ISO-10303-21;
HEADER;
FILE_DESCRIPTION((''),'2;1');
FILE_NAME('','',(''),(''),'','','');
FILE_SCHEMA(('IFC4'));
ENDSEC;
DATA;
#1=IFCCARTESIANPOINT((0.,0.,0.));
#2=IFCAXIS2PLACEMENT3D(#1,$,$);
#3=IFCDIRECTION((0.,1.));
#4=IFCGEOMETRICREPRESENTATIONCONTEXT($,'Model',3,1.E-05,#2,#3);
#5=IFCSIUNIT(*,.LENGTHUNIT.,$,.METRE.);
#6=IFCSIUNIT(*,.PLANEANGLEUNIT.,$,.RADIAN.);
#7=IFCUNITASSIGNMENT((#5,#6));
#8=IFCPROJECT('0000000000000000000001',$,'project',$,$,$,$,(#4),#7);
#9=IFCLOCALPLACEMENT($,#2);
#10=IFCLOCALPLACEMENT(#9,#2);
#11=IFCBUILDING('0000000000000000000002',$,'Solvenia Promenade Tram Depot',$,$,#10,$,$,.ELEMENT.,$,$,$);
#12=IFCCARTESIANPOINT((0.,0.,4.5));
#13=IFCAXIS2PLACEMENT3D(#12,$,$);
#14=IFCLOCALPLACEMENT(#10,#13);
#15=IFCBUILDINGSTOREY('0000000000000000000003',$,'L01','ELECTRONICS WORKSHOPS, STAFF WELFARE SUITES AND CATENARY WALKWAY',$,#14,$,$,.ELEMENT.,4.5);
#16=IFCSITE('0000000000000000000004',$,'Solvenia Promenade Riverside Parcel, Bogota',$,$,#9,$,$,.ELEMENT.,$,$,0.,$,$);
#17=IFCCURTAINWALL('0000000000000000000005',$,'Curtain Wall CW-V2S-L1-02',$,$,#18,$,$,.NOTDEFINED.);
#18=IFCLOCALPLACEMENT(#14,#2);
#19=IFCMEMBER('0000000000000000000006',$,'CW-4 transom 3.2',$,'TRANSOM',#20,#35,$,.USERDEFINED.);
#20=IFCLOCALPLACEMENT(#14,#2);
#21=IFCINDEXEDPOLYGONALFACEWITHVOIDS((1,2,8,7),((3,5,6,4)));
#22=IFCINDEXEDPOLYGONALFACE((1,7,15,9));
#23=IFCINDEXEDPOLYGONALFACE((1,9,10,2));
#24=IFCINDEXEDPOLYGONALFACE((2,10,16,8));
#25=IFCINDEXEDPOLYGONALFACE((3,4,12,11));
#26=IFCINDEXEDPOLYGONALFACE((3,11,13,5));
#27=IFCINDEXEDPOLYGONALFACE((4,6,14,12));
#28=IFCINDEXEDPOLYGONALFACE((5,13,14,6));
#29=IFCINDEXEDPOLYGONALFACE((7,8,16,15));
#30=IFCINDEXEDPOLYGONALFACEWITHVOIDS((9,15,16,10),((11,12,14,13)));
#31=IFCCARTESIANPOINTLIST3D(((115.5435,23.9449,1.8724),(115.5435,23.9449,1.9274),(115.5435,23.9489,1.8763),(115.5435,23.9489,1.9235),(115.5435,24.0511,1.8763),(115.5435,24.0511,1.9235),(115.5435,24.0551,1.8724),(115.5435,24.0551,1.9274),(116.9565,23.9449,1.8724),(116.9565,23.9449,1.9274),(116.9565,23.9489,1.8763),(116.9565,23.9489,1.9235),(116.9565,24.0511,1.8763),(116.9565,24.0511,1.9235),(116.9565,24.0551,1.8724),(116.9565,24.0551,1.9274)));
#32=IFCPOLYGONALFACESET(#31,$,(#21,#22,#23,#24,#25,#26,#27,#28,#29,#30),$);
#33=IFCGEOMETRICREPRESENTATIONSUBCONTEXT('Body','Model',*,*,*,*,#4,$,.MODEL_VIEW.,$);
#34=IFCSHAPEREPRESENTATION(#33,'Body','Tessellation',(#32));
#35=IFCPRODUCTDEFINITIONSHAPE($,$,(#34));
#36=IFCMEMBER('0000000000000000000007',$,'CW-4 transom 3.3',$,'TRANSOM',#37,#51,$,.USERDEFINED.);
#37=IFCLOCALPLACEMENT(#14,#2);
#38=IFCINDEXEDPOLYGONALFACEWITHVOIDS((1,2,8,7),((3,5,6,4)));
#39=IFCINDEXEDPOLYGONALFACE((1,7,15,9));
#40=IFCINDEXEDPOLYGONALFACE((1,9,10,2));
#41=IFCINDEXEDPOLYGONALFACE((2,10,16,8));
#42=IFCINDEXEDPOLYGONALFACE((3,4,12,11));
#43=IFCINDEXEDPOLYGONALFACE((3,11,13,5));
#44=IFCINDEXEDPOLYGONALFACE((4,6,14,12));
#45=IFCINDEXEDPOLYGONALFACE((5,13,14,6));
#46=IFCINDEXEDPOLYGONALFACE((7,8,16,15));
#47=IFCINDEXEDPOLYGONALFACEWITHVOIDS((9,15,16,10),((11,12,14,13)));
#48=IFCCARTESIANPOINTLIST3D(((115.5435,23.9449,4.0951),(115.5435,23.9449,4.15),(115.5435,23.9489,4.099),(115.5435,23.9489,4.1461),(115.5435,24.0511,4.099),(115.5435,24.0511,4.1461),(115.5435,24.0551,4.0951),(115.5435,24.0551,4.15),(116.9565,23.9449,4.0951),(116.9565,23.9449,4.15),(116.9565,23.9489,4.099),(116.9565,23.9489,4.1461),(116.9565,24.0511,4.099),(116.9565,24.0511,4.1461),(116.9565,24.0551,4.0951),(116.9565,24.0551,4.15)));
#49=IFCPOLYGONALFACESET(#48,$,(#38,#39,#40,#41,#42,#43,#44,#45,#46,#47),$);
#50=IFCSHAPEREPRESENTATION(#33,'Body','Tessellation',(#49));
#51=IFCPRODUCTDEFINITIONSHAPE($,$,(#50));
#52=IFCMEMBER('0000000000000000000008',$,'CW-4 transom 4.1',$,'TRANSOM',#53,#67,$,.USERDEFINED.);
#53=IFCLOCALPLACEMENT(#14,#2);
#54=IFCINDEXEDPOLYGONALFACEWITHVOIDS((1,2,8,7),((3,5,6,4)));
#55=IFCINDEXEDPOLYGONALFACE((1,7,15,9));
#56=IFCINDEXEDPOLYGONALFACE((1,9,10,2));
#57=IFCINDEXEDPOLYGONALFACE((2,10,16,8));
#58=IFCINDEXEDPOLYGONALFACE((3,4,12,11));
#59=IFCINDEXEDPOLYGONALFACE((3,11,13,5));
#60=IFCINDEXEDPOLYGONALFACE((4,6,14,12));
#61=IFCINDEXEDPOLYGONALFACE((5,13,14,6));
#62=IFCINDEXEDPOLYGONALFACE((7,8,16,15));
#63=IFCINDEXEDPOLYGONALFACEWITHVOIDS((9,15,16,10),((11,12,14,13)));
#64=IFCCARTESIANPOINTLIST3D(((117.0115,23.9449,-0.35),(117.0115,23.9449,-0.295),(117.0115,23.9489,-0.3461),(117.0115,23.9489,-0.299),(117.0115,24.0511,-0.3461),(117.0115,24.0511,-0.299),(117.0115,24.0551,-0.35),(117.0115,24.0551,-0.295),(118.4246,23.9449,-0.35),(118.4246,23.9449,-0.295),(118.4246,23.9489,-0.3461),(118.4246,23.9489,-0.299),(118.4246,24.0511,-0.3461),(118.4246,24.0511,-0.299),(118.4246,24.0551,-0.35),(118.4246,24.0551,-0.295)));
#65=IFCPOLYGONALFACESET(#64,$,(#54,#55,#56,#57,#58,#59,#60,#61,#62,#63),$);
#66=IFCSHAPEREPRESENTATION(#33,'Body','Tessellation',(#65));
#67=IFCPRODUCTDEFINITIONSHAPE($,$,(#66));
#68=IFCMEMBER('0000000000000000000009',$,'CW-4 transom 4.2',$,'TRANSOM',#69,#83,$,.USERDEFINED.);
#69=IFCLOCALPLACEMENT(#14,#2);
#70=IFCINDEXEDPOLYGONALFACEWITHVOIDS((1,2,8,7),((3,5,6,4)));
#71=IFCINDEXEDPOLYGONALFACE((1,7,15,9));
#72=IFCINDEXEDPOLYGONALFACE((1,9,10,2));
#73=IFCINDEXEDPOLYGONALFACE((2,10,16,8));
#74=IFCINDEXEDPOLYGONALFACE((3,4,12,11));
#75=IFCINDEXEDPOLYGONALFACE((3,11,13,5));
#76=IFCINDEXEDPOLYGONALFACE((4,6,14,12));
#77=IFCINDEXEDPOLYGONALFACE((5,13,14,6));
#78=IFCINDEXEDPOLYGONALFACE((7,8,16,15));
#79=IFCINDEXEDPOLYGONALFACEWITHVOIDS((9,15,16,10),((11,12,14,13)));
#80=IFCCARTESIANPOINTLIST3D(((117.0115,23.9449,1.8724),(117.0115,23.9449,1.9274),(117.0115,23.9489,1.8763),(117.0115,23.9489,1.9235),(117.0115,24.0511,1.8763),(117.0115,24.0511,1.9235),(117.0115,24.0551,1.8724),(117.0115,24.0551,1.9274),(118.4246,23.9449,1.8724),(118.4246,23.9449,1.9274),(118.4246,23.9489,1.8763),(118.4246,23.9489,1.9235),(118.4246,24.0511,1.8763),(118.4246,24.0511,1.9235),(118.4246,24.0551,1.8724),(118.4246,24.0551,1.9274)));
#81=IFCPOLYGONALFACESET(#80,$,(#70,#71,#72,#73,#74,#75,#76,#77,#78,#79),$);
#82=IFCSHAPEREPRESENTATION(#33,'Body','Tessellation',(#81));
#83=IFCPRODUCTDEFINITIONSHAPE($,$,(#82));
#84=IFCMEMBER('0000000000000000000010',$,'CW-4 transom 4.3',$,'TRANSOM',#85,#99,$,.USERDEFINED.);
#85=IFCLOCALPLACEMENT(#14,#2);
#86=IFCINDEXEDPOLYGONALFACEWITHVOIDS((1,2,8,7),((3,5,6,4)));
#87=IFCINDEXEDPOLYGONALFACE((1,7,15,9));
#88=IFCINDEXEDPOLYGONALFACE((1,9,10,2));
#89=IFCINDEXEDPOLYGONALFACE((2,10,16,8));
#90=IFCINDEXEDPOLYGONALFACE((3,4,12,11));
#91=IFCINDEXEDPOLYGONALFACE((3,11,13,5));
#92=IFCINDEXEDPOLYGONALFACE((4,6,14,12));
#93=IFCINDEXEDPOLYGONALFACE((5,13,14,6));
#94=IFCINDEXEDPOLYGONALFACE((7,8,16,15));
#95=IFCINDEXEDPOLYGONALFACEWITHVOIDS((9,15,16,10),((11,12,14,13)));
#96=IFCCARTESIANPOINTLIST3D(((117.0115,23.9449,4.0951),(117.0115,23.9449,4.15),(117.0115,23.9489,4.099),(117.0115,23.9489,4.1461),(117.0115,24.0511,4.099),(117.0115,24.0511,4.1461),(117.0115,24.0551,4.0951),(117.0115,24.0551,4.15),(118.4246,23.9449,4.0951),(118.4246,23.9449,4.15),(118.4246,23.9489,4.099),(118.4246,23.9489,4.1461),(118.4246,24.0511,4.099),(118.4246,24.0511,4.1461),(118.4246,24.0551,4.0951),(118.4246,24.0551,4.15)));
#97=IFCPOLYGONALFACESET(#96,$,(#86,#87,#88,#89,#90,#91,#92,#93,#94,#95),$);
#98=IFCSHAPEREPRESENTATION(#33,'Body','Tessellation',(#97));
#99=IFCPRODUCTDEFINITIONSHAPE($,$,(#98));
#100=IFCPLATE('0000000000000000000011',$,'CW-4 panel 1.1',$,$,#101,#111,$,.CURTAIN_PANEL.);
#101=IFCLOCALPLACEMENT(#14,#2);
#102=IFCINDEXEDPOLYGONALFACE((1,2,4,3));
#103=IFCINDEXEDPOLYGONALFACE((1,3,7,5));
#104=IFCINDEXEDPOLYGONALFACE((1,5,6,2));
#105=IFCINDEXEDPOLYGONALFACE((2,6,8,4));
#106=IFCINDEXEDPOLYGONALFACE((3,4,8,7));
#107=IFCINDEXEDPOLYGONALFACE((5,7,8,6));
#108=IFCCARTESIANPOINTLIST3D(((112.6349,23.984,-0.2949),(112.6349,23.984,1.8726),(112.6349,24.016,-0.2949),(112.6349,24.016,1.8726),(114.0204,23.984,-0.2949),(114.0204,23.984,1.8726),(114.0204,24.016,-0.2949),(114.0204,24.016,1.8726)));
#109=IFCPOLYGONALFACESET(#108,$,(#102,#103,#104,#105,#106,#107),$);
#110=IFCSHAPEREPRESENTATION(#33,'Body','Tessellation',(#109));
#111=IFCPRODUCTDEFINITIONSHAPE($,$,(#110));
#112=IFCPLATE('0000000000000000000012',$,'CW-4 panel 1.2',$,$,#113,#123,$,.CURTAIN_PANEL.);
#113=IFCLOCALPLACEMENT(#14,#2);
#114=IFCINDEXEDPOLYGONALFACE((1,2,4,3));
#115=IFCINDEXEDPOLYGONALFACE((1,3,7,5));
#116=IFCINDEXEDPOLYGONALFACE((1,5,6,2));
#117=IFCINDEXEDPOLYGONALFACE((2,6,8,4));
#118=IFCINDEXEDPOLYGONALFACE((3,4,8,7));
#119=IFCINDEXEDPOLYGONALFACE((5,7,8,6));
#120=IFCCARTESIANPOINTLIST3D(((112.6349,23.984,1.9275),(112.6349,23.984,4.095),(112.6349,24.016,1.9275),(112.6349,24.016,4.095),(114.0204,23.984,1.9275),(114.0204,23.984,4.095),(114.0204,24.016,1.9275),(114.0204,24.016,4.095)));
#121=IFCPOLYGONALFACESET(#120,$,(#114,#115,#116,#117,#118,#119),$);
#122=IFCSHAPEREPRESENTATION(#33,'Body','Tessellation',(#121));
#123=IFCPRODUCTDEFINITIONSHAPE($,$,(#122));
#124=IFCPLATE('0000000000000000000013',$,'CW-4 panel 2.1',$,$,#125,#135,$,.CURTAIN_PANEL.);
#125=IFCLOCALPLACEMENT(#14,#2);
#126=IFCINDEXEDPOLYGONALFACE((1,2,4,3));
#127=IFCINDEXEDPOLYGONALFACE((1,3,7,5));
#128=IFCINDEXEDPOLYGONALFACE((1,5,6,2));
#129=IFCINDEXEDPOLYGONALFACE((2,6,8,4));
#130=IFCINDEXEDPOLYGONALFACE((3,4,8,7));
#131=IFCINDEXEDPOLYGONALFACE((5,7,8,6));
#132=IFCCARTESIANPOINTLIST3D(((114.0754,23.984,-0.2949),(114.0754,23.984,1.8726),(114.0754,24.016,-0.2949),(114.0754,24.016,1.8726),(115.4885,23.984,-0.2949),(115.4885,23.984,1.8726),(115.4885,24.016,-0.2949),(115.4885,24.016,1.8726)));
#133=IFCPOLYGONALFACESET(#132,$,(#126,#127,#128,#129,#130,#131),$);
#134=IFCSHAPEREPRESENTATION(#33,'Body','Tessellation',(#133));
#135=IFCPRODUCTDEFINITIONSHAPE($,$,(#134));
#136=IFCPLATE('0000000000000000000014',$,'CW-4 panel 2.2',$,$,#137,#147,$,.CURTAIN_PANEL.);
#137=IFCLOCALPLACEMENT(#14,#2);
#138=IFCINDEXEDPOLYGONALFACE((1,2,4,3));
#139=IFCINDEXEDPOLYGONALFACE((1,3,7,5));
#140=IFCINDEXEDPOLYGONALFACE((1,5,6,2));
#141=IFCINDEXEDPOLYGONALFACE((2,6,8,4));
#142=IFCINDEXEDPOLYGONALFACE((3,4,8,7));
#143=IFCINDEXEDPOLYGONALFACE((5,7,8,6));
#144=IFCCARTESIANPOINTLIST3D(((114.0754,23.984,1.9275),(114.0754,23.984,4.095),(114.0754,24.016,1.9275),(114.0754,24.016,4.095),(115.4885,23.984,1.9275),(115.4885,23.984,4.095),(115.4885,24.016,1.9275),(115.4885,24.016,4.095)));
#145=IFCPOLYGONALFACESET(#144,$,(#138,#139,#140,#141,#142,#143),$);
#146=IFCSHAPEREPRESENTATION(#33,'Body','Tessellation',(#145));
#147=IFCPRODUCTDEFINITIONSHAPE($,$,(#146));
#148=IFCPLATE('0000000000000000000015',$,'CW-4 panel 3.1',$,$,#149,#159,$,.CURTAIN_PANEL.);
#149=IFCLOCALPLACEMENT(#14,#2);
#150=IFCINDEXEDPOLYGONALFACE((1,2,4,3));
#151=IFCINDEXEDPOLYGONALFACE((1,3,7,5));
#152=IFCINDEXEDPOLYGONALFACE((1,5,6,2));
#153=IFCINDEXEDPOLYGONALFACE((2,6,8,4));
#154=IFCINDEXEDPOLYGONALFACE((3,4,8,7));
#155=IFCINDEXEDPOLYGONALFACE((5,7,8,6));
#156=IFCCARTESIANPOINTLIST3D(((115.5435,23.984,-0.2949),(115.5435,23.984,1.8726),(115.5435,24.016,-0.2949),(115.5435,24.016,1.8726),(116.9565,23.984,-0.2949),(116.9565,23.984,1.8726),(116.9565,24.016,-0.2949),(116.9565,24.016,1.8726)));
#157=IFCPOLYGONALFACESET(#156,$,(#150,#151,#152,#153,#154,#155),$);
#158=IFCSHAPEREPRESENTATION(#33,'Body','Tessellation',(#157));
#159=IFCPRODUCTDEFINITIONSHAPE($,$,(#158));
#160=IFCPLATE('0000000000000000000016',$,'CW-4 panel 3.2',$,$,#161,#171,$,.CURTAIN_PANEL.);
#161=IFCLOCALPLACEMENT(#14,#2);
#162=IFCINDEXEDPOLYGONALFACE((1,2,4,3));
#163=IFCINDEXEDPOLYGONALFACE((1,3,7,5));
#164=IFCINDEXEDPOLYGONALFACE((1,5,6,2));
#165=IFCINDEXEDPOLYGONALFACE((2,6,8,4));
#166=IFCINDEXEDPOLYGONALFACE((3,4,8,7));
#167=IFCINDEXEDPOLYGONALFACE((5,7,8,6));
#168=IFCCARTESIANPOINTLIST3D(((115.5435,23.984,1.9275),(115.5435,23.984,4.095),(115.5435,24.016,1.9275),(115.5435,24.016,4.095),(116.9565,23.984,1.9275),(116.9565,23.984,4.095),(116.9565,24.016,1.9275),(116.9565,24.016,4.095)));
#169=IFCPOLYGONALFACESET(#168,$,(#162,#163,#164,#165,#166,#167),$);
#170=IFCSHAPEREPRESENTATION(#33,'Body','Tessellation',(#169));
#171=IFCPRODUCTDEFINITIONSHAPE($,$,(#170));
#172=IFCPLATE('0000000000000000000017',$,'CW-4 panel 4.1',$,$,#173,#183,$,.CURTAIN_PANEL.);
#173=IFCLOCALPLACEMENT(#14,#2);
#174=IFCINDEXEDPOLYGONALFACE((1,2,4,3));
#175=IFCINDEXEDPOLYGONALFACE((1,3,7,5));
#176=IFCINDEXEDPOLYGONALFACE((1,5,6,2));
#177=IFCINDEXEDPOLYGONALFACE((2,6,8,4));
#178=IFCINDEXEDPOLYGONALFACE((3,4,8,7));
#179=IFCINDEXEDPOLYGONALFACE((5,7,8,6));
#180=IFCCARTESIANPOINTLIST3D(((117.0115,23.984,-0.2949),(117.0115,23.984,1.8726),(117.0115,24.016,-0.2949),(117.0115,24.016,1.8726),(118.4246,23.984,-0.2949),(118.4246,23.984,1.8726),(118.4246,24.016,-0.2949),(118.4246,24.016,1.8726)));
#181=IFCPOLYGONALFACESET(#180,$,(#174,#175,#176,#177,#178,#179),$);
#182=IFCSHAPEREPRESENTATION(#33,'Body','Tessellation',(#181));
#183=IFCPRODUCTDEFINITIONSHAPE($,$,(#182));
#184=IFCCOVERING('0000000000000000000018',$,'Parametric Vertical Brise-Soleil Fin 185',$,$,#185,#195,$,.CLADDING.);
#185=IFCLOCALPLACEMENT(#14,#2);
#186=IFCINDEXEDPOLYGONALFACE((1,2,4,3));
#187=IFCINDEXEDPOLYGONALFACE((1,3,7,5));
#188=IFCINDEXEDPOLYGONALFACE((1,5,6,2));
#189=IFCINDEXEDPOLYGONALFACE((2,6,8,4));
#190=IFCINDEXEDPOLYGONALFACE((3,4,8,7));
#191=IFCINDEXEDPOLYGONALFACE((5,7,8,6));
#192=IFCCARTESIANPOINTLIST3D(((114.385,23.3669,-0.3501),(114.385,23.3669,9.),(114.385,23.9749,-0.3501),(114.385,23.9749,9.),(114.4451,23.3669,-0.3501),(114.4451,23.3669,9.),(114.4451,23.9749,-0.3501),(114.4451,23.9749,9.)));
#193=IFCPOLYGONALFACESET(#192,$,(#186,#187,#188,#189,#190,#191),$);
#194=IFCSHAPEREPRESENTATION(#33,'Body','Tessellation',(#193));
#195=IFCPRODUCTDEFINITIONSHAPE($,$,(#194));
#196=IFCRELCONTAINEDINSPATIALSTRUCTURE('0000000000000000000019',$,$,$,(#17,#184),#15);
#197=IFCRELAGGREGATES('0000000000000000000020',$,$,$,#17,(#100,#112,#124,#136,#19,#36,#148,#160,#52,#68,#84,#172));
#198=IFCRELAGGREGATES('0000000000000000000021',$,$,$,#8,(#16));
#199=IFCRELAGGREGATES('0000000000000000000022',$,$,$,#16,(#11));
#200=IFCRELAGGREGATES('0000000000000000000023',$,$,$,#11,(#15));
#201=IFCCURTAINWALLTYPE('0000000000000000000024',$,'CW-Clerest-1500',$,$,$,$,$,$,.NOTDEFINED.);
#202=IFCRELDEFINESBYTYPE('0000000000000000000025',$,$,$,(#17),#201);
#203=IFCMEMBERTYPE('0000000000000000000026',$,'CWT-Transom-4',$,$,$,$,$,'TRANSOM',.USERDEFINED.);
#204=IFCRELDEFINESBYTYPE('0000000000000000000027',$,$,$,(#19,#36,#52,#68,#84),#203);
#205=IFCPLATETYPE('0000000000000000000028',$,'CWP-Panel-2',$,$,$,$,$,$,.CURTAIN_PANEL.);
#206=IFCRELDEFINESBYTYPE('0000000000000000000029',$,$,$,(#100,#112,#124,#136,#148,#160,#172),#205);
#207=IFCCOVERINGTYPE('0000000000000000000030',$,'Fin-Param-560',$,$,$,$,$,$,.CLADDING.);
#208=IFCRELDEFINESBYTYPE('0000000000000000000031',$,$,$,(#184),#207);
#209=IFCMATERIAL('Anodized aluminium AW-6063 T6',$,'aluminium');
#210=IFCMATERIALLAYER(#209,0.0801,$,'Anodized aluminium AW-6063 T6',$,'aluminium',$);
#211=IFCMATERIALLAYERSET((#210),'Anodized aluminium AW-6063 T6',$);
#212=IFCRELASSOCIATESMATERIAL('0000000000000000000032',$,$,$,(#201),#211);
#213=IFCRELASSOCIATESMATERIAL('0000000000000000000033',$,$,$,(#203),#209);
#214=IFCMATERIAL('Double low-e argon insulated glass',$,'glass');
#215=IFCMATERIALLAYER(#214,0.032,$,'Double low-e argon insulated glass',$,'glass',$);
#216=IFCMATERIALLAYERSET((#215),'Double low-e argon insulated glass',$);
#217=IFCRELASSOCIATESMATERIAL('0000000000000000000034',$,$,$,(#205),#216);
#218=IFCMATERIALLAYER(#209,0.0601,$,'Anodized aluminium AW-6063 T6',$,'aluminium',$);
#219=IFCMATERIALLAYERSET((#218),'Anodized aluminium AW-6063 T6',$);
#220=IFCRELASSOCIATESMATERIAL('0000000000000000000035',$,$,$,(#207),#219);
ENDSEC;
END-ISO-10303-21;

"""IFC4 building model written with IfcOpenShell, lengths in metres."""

from ifc_helpers import new_model, si_unit, direction, frame, origin, origin_2d, place, context, subcontext, project, spatial, rectangle, hollow_rectangle, extrude, material, layer, layer_set, material_profile, profile_set, type_object, element, aggregate, save


model = new_model("IFC4")

# Units and contexts
model_context = context("Model", 3, precision=1e-05, world=origin(), true_north=direction((0.0, 1.0)))
body_context = subcontext(model_context, "Body", "Model", "MODEL_VIEW")
ifc_project = project(units=[si_unit("LENGTHUNIT", "METRE"), si_unit("PLANEANGLEUNIT", "RADIAN")], contexts=[model_context])

# Site, building, storey
site_placement = place(None, origin())
site = spatial("IfcSite", under=ifc_project, at=site_placement, Name="Solvenia Promenade Riverside Parcel, Bogota", CompositionType="ELEMENT", RefElevation=0.0)
building_placement = place(site_placement, origin())
building = spatial("IfcBuilding", under=site, at=building_placement, Name="Solvenia Promenade Tram Depot", CompositionType="ELEMENT")
storey_placement = place(building_placement, frame((0.0, 0.0, 4.5)))
storey = spatial("IfcBuildingStorey", under=building, at=storey_placement, Name="L01", Description="ELECTRONICS WORKSHOPS, STAFF WELFARE SUITES AND CATENARY WALKWAY", CompositionType="ELEMENT", Elevation=4.5)

# Curtain wall, members, plates
ifc_material_1 = material(Name="Anodized aluminium AW-6063 T6", Category="aluminium")
ifc_layer_1 = layer(ifc_material_1, 0.0801, Name="Anodized aluminium AW-6063 T6", Category="aluminium")
ifc_layer_set_1 = layer_set([ifc_layer_1], Name="Anodized aluminium AW-6063 T6")
curtain_wall_type = type_object("IfcCurtainWallType", Name="CW-Clerest-1500", PredefinedType="NOTDEFINED", material=ifc_layer_set_1)
curtain_wall_placement = place(storey_placement, origin())
curtain_wall = element("IfcCurtainWall", 1, at=curtain_wall_placement, inside=storey, type_object=curtain_wall_type, Name="Curtain Wall CW-V2S-L1-02", PredefinedType="NOTDEFINED")
ifc_material_profile_1 = material_profile(ifc_material_1, hollow_rectangle(XDim=0.1101, YDim=0.0549, WallThickness=0.0039, at=origin_2d()), Name="ALU-T4", Category="aluminium")
ifc_profile_set_1 = profile_set([ifc_material_profile_1], Name="Anodized aluminium AW-6063 T6")
member_type_1 = type_object("IfcMemberType", Name="CWT-Transom-4", ElementType="TRANSOM", PredefinedType="USERDEFINED", material=ifc_profile_set_1)
member_1_placement = place(storey_placement, frame((115.5435, 24.0, 1.8999), z_axis=(1.0, 0.0, 0.0), x_axis=(0.0, 1.0, 0.0)))
member_1 = element("IfcMember", 2, at=member_1_placement, type_object=member_type_1, Name="CW-4 transom 3.2", ObjectType="TRANSOM", PredefinedType="USERDEFINED", context=body_context, shape_type="SweptSolid", body=[
    extrude(hollow_rectangle(XDim=0.1101, YDim=0.0549, WallThickness=0.0039, at=origin_2d()), origin(), (0.0, 0.0, 1.0), 1.4131),
])
member_2_placement = place(storey_placement, frame((115.5435, 24.0, 4.1226), z_axis=(1.0, 0.0, 0.0), x_axis=(0.0, 1.0, 0.0)))
member_2 = element("IfcMember", 3, at=member_2_placement, type_object=member_type_1, Name="CW-4 transom 3.3", ObjectType="TRANSOM", PredefinedType="USERDEFINED", context=body_context, shape_type="SweptSolid", body=[
    extrude(hollow_rectangle(XDim=0.1101, YDim=0.0549, WallThickness=0.0039, at=origin_2d()), origin(), (0.0, 0.0, 1.0), 1.4131),
])
member_3_placement = place(storey_placement, frame((117.0115, 24.0, -0.3225), z_axis=(1.0, 0.0, 0.0), x_axis=(0.0, 1.0, 0.0)))
member_3 = element("IfcMember", 4, at=member_3_placement, type_object=member_type_1, Name="CW-4 transom 4.1", ObjectType="TRANSOM", PredefinedType="USERDEFINED", context=body_context, shape_type="SweptSolid", body=[
    extrude(hollow_rectangle(XDim=0.1101, YDim=0.0549, WallThickness=0.0039, at=origin_2d()), origin(), (0.0, 0.0, 1.0), 1.4131),
])
member_4_placement = place(storey_placement, frame((117.0115, 24.0, 1.8999), z_axis=(1.0, 0.0, 0.0), x_axis=(0.0, 1.0, 0.0)))
member_4 = element("IfcMember", 5, at=member_4_placement, type_object=member_type_1, Name="CW-4 transom 4.2", ObjectType="TRANSOM", PredefinedType="USERDEFINED", context=body_context, shape_type="SweptSolid", body=[
    extrude(hollow_rectangle(XDim=0.1101, YDim=0.0549, WallThickness=0.0039, at=origin_2d()), origin(), (0.0, 0.0, 1.0), 1.4131),
])
member_5_placement = place(storey_placement, frame((117.0115, 24.0, 4.1226), z_axis=(1.0, 0.0, 0.0), x_axis=(0.0, 1.0, 0.0)))
member_5 = element("IfcMember", 6, at=member_5_placement, type_object=member_type_1, Name="CW-4 transom 4.3", ObjectType="TRANSOM", PredefinedType="USERDEFINED", context=body_context, shape_type="SweptSolid", body=[
    extrude(hollow_rectangle(XDim=0.1101, YDim=0.0549, WallThickness=0.0039, at=origin_2d()), origin(), (0.0, 0.0, 1.0), 1.4131),
])
ifc_material_2 = material(Name="Double low-e argon insulated glass", Category="glass")
ifc_layer_2 = layer(ifc_material_2, 0.032, Name="Double low-e argon insulated glass", Category="glass")
ifc_layer_set_2 = layer_set([ifc_layer_2], Name="Double low-e argon insulated glass")
plate_type = type_object("IfcPlateType", Name="CWP-Panel-2", PredefinedType="CURTAIN_PANEL", material=ifc_layer_set_2)
plate_1_placement = place(storey_placement, frame((113.3276, 24.0, -0.2949), z_axis=(0.0, 0.0, 1.0), x_axis=(1.0, 0.0, 0.0)))
plate_1 = element("IfcPlate", 7, at=plate_1_placement, type_object=plate_type, Name="CW-4 panel 1.1", PredefinedType="CURTAIN_PANEL", context=body_context, shape_type="SweptSolid", body=[
    extrude(rectangle(XDim=1.3855, YDim=0.032, at=origin_2d()), origin(), (0.0, 0.0, 1.0), 2.1675),
])
plate_2_placement = place(storey_placement, frame((113.3276, 24.0, 1.9275), z_axis=(0.0, 0.0, 1.0), x_axis=(1.0, 0.0, 0.0)))
plate_2 = element("IfcPlate", 8, at=plate_2_placement, type_object=plate_type, Name="CW-4 panel 1.2", PredefinedType="CURTAIN_PANEL", context=body_context, shape_type="SweptSolid", body=[
    extrude(rectangle(XDim=1.3855, YDim=0.032, at=origin_2d()), origin(), (0.0, 0.0, 1.0), 2.1675),
])
plate_3_placement = place(storey_placement, frame((114.782, 24.0, -0.2949), z_axis=(0.0, 0.0, 1.0), x_axis=(1.0, 0.0, 0.0)))
plate_3 = element("IfcPlate", 9, at=plate_3_placement, type_object=plate_type, Name="CW-4 panel 2.1", PredefinedType="CURTAIN_PANEL", context=body_context, shape_type="SweptSolid", body=[
    extrude(rectangle(XDim=1.4131, YDim=0.032, at=origin_2d()), origin(), (0.0, 0.0, 1.0), 2.1675),
])
plate_4_placement = place(storey_placement, frame((114.782, 24.0, 1.9275), z_axis=(0.0, 0.0, 1.0), x_axis=(1.0, 0.0, 0.0)))
plate_4 = element("IfcPlate", 10, at=plate_4_placement, type_object=plate_type, Name="CW-4 panel 2.2", PredefinedType="CURTAIN_PANEL", context=body_context, shape_type="SweptSolid", body=[
    extrude(rectangle(XDim=1.4131, YDim=0.032, at=origin_2d()), origin(), (0.0, 0.0, 1.0), 2.1675),
])
plate_5_placement = place(storey_placement, frame((116.25, 24.0, -0.2949), z_axis=(0.0, 0.0, 1.0), x_axis=(1.0, 0.0, 0.0)))
plate_5 = element("IfcPlate", 11, at=plate_5_placement, type_object=plate_type, Name="CW-4 panel 3.1", PredefinedType="CURTAIN_PANEL", context=body_context, shape_type="SweptSolid", body=[
    extrude(rectangle(XDim=1.4131, YDim=0.032, at=origin_2d()), origin(), (0.0, 0.0, 1.0), 2.1675),
])
plate_6_placement = place(storey_placement, frame((116.25, 24.0, 1.9275), z_axis=(0.0, 0.0, 1.0), x_axis=(1.0, 0.0, 0.0)))
plate_6 = element("IfcPlate", 12, at=plate_6_placement, type_object=plate_type, Name="CW-4 panel 3.2", PredefinedType="CURTAIN_PANEL", context=body_context, shape_type="SweptSolid", body=[
    extrude(rectangle(XDim=1.4131, YDim=0.032, at=origin_2d()), origin(), (0.0, 0.0, 1.0), 2.1675),
])
plate_7_placement = place(storey_placement, frame((117.718, 24.0, -0.2949), z_axis=(0.0, 0.0, 1.0), x_axis=(1.0, 0.0, 0.0)))
plate_7 = element("IfcPlate", 13, at=plate_7_placement, type_object=plate_type, Name="CW-4 panel 4.1", PredefinedType="CURTAIN_PANEL", context=body_context, shape_type="SweptSolid", body=[
    extrude(rectangle(XDim=1.4131, YDim=0.032, at=origin_2d()), origin(), (0.0, 0.0, 1.0), 2.1675),
])
aggregate(curtain_wall, [plate_1, plate_2, plate_3, plate_4, member_1, member_2, plate_5, plate_6, member_3, member_4, member_5, plate_7])

# Covering
ifc_layer_3 = layer(ifc_material_1, 0.0601, Name="Anodized aluminium AW-6063 T6", Category="aluminium")
ifc_layer_set_3 = layer_set([ifc_layer_3], Name="Anodized aluminium AW-6063 T6")
covering_type = type_object("IfcCoveringType", Name="Fin-Param-560", PredefinedType="CLADDING", material=ifc_layer_set_3)
covering_1_placement = place(storey_placement, frame((114.415, 23.6709, -0.3501), z_axis=(0.0, 0.0, 1.0), x_axis=(1.0, 0.0, 0.0)))
element("IfcCovering", 14, at=covering_1_placement, inside=storey, type_object=covering_type, Name="Parametric Vertical Brise-Soleil Fin 185", PredefinedType="CLADDING", context=body_context, shape_type="SweptSolid", body=[
    extrude(rectangle(XDim=0.0601, YDim=0.6079, at=origin_2d()), origin(), (0.0, 0.0, 1.0), 9.3501),
])

save(model, "model.ifc")
